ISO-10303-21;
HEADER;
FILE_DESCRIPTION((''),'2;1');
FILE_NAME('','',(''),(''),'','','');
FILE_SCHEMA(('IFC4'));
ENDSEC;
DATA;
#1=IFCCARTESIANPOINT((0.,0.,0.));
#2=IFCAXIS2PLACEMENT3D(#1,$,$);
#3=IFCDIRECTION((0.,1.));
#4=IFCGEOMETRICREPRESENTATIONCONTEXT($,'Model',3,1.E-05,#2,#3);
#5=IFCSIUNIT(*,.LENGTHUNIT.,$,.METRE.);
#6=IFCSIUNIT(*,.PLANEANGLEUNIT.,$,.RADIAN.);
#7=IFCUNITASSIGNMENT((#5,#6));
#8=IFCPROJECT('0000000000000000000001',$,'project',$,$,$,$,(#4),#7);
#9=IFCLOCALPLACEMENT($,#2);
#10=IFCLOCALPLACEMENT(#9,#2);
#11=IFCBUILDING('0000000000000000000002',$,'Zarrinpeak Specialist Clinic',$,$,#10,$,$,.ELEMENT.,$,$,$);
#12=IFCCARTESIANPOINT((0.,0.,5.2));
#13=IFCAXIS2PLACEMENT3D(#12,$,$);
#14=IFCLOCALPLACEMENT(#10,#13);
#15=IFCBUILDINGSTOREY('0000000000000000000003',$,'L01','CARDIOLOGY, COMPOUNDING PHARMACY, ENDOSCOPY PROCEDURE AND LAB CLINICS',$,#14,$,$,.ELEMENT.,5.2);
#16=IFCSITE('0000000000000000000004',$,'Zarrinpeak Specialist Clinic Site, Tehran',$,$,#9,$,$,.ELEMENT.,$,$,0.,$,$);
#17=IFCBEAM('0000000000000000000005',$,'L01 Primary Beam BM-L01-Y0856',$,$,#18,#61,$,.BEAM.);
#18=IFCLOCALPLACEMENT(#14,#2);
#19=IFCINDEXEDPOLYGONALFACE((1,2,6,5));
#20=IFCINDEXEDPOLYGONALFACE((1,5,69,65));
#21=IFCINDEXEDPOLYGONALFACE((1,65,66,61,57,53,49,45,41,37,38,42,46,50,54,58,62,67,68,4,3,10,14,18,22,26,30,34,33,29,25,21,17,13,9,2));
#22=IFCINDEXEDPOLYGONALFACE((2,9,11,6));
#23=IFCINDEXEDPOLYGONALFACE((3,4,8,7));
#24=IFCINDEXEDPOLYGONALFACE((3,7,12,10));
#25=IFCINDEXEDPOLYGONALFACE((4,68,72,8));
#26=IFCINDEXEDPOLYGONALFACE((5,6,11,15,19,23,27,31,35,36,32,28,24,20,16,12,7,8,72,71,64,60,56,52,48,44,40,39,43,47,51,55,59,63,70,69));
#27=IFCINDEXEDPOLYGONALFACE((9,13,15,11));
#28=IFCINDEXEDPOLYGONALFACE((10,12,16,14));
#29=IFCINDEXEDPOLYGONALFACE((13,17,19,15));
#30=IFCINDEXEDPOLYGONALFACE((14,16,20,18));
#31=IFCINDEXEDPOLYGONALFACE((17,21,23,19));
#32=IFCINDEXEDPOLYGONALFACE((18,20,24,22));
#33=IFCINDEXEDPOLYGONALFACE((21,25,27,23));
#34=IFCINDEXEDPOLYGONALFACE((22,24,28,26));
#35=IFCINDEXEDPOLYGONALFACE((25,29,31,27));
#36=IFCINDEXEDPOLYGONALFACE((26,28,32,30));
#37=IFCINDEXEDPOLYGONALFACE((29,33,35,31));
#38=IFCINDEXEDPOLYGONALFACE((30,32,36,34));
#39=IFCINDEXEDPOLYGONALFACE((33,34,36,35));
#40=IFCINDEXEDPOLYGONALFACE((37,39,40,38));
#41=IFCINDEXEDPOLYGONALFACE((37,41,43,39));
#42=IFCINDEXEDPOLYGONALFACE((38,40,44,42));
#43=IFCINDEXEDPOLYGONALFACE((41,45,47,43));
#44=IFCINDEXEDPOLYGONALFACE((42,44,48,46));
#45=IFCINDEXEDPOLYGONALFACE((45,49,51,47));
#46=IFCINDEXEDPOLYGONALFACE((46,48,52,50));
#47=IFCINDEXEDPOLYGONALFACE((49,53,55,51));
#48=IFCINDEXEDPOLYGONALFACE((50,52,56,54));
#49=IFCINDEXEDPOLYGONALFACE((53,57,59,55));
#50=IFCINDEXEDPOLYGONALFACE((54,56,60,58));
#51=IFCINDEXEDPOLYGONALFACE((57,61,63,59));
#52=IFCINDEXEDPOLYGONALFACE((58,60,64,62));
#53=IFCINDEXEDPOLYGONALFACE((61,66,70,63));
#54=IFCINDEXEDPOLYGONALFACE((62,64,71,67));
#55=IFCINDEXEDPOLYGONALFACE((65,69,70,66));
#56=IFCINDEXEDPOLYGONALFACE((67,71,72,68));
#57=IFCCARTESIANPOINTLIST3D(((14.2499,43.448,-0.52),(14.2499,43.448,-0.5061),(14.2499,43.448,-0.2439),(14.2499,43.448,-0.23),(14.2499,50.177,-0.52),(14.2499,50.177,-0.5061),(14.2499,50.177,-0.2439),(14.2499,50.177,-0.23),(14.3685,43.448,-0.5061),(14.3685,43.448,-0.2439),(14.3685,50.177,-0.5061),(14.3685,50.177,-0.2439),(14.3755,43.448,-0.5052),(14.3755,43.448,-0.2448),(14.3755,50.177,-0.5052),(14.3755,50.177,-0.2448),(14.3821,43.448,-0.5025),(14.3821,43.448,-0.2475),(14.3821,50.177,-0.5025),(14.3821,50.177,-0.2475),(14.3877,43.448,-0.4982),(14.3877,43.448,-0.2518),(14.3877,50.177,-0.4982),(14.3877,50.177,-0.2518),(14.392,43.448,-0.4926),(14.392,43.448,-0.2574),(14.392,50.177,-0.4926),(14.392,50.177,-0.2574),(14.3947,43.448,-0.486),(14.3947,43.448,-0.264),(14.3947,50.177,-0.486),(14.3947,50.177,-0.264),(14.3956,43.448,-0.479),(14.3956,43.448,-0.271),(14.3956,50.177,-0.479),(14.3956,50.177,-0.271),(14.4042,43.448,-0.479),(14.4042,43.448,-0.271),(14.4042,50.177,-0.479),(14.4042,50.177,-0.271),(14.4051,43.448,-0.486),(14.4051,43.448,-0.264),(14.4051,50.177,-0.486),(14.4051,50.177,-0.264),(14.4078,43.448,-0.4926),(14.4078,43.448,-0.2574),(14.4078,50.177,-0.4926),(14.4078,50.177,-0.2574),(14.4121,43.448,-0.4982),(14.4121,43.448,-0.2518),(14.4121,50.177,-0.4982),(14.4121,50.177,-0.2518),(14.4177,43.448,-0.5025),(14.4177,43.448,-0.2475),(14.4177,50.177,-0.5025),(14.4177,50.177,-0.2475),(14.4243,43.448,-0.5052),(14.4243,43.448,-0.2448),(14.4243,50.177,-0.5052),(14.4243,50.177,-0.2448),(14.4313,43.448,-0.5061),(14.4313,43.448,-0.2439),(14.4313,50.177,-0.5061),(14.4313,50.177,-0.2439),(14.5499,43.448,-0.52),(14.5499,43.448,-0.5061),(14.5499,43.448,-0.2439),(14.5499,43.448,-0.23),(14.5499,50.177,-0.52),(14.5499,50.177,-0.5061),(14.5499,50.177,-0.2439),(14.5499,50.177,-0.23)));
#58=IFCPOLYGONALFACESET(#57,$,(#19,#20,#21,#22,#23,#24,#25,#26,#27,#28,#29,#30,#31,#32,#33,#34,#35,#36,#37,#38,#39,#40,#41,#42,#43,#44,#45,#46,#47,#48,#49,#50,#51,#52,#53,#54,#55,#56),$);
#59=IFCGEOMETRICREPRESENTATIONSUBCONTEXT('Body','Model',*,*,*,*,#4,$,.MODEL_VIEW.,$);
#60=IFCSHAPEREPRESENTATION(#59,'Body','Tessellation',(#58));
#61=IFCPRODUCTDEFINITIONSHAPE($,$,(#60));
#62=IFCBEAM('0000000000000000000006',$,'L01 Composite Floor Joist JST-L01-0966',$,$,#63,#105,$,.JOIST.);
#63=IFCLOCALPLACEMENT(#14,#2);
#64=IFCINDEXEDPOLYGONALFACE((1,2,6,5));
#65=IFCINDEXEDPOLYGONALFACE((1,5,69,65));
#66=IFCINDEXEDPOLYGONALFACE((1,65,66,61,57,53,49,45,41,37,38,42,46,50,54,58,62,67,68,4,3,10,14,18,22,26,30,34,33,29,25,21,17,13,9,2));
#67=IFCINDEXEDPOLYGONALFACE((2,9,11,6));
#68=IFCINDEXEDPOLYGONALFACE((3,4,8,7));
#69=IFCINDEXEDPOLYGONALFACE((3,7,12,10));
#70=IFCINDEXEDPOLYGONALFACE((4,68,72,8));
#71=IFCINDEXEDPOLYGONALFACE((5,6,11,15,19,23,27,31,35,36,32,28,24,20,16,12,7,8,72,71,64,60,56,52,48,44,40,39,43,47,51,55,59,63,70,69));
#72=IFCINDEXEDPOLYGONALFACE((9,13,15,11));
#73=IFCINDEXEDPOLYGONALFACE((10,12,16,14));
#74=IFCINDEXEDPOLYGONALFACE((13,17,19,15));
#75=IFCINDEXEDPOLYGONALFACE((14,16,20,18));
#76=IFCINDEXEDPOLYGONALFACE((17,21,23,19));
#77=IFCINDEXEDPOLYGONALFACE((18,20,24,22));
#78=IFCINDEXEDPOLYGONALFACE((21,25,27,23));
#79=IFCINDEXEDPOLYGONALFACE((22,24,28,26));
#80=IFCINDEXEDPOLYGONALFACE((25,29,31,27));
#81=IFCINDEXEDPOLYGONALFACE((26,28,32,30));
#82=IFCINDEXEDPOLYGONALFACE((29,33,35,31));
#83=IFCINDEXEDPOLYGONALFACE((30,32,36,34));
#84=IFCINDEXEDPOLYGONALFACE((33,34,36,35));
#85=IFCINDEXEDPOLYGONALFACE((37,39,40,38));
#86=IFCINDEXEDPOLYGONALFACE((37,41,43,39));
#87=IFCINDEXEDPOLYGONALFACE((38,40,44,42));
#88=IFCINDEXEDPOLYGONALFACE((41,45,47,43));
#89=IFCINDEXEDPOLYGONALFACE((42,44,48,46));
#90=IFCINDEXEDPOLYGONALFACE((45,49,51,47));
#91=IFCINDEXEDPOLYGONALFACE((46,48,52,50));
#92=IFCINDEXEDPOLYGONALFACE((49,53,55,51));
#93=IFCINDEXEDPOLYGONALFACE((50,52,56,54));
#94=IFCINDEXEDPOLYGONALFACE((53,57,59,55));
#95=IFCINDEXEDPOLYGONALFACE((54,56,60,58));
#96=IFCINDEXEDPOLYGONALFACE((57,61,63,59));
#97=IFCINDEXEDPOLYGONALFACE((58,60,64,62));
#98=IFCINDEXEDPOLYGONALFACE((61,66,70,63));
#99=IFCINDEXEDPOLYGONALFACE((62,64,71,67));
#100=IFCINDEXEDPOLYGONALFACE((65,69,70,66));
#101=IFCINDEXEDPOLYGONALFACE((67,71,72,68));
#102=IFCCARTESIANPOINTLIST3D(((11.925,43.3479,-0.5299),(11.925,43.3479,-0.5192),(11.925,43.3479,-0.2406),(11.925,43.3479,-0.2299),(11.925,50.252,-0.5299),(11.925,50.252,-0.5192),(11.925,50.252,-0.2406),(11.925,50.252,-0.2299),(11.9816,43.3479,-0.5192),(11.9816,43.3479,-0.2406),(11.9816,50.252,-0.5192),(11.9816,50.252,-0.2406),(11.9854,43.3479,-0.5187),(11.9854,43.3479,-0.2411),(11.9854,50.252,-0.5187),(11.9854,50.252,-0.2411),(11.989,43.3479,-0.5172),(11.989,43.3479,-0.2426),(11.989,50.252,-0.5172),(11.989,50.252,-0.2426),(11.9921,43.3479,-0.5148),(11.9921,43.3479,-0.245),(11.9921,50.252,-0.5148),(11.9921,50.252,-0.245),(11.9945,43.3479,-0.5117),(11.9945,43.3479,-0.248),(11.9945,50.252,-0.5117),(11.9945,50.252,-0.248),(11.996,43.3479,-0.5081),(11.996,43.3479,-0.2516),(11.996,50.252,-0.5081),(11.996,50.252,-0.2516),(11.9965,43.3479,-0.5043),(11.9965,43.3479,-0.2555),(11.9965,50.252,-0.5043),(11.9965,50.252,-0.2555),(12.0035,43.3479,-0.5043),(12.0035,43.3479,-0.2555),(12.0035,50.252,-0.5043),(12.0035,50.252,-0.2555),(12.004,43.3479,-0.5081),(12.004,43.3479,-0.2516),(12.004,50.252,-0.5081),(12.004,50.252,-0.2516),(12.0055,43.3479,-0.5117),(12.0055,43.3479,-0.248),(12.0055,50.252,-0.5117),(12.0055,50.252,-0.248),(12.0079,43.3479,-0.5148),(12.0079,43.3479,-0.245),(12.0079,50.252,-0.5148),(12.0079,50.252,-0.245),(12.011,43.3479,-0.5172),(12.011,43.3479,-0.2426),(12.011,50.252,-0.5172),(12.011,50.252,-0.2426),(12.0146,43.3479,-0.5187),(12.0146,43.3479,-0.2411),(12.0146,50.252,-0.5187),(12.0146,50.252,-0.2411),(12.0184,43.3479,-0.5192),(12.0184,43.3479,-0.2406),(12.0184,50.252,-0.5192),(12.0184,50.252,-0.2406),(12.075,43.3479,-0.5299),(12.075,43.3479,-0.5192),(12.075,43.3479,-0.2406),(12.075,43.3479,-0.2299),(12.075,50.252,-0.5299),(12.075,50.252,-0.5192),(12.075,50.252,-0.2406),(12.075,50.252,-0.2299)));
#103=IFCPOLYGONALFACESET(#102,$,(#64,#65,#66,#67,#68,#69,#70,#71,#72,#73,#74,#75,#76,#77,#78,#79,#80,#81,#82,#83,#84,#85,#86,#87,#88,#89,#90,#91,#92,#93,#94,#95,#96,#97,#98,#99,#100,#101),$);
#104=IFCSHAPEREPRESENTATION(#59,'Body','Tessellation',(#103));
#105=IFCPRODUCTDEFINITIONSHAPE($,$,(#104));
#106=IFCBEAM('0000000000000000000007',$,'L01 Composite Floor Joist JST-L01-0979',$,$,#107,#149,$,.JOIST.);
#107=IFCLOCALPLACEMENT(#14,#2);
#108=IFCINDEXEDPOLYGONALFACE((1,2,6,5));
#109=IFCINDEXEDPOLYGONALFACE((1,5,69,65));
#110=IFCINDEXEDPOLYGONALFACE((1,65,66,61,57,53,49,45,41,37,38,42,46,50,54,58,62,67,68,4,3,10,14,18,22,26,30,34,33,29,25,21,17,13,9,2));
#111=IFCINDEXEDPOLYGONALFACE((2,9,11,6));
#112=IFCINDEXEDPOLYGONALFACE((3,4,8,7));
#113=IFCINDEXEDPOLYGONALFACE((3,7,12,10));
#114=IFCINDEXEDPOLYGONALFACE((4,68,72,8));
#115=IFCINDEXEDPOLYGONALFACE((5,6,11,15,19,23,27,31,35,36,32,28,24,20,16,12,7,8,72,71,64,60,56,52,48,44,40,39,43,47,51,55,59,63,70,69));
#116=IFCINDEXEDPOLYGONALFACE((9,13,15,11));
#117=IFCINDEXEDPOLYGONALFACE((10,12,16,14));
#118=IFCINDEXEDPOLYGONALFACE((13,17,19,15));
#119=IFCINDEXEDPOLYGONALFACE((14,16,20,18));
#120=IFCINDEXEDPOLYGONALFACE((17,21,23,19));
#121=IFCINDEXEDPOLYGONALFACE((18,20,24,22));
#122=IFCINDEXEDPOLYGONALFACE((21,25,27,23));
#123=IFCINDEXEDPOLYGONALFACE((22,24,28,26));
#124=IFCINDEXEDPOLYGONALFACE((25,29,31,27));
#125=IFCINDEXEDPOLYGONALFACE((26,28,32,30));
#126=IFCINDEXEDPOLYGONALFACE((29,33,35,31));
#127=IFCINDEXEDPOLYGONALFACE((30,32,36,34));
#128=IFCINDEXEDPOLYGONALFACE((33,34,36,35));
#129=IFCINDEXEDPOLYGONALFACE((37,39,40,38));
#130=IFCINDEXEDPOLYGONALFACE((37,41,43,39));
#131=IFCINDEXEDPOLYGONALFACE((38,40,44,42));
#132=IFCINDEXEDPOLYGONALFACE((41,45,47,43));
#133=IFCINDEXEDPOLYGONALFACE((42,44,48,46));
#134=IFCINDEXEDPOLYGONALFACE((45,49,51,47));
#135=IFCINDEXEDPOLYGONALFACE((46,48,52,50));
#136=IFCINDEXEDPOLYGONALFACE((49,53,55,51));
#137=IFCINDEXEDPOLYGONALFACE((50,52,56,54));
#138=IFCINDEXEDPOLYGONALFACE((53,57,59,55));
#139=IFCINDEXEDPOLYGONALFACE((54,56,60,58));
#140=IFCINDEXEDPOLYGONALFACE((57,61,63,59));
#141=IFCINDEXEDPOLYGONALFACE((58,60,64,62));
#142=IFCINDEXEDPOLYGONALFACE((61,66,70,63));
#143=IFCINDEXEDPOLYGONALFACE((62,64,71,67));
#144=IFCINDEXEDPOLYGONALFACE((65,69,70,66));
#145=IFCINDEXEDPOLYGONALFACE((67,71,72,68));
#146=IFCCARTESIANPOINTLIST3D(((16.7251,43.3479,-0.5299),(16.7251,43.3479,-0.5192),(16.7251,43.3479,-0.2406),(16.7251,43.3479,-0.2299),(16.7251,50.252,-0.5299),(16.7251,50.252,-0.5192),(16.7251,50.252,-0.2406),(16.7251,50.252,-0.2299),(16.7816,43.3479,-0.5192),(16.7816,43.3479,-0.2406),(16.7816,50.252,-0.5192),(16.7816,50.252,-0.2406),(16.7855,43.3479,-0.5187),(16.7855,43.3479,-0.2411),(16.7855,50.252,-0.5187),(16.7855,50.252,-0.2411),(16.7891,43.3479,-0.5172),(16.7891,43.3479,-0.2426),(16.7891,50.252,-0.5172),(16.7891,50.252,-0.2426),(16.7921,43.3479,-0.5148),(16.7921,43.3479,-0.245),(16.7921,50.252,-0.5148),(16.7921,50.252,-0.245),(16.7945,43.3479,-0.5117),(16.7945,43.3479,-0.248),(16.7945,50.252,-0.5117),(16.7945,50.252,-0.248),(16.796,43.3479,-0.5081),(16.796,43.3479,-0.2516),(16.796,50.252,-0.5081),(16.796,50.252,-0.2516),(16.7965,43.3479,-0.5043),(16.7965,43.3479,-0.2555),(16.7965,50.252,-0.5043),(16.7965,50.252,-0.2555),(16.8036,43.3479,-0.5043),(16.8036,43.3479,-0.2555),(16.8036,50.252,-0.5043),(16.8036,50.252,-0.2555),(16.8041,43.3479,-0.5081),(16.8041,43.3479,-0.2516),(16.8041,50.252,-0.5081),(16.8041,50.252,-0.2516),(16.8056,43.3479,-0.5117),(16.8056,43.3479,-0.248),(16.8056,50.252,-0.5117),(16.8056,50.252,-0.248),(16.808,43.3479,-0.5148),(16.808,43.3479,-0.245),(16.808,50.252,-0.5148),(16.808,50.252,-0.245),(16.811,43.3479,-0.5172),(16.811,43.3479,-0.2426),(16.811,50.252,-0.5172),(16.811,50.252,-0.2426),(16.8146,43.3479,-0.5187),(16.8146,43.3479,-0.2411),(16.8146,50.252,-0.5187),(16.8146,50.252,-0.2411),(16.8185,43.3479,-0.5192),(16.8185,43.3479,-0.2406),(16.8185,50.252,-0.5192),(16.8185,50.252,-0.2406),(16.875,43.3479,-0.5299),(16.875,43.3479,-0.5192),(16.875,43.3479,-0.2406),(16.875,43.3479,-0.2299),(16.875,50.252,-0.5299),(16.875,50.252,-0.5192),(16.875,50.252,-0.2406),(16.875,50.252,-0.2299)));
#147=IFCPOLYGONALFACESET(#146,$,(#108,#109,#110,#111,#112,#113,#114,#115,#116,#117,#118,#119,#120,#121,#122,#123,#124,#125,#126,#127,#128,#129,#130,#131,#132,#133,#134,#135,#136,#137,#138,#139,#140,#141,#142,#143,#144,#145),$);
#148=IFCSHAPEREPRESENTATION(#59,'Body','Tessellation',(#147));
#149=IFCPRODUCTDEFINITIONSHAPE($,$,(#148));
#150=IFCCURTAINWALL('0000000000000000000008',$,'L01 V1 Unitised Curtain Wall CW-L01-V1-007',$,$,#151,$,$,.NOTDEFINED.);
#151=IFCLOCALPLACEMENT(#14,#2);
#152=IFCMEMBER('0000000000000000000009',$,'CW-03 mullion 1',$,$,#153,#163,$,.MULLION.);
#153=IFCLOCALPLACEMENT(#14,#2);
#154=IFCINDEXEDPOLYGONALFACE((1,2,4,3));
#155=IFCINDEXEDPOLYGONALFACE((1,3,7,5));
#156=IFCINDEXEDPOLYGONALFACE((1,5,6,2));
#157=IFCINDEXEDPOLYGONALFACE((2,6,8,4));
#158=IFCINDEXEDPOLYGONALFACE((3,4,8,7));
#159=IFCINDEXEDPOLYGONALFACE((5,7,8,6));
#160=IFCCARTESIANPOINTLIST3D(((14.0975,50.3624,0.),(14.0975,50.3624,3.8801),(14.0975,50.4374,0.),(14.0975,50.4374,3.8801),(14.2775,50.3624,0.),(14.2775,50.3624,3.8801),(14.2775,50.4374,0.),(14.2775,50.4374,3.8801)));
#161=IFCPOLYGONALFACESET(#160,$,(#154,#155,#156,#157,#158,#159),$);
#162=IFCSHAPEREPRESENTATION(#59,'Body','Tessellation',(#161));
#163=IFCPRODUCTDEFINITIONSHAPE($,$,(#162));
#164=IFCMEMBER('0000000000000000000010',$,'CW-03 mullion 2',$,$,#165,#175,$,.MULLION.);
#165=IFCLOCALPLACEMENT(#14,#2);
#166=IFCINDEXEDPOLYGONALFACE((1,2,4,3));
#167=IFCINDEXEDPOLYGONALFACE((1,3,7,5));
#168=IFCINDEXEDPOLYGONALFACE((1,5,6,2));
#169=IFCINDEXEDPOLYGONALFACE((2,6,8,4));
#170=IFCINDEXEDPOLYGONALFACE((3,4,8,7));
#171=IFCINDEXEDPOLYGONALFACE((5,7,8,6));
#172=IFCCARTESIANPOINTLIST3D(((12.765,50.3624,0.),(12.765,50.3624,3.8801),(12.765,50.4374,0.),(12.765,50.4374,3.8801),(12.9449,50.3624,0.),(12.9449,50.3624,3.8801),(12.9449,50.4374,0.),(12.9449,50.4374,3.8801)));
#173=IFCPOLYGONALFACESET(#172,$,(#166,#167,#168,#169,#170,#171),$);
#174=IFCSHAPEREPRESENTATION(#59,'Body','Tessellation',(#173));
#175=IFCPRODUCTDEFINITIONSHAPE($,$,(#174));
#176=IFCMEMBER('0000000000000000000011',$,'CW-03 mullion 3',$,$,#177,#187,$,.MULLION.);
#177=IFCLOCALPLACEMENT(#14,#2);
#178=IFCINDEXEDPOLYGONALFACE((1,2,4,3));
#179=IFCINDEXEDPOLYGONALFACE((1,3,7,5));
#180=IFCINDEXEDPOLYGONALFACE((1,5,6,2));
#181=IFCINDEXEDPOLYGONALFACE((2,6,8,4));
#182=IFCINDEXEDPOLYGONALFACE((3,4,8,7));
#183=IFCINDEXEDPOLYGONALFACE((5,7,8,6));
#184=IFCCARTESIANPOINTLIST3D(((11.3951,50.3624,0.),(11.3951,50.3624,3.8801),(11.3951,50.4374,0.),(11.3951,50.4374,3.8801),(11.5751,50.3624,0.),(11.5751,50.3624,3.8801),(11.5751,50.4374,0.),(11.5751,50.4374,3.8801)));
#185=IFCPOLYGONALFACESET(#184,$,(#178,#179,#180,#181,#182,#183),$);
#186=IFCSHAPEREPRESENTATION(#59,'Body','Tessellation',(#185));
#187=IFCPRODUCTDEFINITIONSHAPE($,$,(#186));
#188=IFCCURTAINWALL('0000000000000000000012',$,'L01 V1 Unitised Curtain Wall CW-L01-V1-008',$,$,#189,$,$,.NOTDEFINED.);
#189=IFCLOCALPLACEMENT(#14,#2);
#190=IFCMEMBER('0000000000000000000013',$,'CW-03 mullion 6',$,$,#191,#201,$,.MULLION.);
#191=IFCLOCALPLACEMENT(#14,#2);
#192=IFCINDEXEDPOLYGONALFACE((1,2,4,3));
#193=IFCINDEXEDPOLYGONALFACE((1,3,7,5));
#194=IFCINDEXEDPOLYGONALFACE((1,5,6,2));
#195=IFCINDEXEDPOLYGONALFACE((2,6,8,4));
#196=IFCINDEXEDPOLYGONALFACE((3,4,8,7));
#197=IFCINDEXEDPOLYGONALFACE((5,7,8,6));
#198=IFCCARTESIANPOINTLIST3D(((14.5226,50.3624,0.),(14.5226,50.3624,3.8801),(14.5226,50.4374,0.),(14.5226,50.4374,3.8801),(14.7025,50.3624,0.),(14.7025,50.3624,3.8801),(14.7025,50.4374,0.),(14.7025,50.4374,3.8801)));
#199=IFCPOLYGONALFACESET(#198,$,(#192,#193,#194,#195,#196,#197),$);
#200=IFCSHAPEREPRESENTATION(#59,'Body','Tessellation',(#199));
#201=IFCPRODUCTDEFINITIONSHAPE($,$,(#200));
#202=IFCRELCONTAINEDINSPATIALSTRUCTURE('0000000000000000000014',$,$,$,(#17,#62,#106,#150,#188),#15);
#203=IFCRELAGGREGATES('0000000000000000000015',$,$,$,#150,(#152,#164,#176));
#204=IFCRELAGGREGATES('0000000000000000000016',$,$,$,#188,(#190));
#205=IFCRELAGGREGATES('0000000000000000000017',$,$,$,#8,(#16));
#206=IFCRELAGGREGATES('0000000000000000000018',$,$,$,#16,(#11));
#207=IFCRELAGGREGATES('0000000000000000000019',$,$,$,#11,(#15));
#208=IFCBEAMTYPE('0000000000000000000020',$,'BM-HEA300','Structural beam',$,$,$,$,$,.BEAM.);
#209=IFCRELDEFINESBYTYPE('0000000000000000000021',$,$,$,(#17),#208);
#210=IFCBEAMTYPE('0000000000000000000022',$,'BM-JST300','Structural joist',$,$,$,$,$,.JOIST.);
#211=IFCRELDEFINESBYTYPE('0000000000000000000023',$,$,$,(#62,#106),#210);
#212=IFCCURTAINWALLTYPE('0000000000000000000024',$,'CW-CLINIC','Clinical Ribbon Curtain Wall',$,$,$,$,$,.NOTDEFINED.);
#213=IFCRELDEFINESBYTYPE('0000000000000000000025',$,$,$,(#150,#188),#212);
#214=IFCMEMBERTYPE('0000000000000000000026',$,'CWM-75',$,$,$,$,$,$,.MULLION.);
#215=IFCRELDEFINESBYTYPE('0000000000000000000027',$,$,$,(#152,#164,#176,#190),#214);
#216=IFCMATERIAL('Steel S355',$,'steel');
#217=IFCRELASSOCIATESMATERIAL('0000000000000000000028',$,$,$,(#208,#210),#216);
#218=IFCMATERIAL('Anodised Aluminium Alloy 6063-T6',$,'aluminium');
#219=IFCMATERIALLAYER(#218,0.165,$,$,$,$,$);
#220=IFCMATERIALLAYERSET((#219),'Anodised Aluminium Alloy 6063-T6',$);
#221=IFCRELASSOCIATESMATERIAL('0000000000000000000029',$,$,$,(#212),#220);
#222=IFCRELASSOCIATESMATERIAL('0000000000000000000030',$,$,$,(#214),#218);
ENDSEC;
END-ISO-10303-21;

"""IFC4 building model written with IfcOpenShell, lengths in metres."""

from ifc_helpers import new_model, si_unit, direction, frame, origin, origin_2d, place, context, subcontext, project, spatial, rectangle, i_section, extrude, material, layer, layer_set, material_profile, profile_set, type_object, element, aggregate, save


model = new_model("IFC4")

# Units and contexts
model_context = context("Model", 3, precision=1e-05, world=origin(), true_north=direction((0.0, 1.0)))
body_context = subcontext(model_context, "Body", "Model", "MODEL_VIEW")
ifc_project = project(units=[si_unit("LENGTHUNIT", "METRE"), si_unit("PLANEANGLEUNIT", "RADIAN")], contexts=[model_context])

# Site, building, storey
site_placement = place(None, origin())
site = spatial("IfcSite", under=ifc_project, at=site_placement, Name="Zarrinpeak Specialist Clinic Site, Tehran", CompositionType="ELEMENT", RefElevation=0.0)
building_placement = place(site_placement, origin())
building = spatial("IfcBuilding", under=site, at=building_placement, Name="Zarrinpeak Specialist Clinic", CompositionType="ELEMENT")
storey_placement = place(building_placement, frame((0.0, 0.0, 5.2)))
storey = spatial("IfcBuildingStorey", under=building, at=storey_placement, Name="L01", Description="CARDIOLOGY, COMPOUNDING PHARMACY, ENDOSCOPY PROCEDURE AND LAB CLINICS", CompositionType="ELEMENT", Elevation=5.2)

# Shared definitions
ifc_material_1 = material(Name="Steel S355", Category="steel")

# Beams
ifc_material_profile_1 = material_profile(ifc_material_1, i_section(OverallWidth=0.3, OverallDepth=0.29, WebThickness=0.0085, FlangeThickness=0.0139, FilletRadius=0.0271, at=origin_2d()), Name="HEA 300")
ifc_profile_set_1 = profile_set([ifc_material_profile_1], Name="Steel S355")
beam_type_1 = type_object("IfcBeamType", Name="BM-HEA300", Description="Structural beam", PredefinedType="BEAM", material=ifc_profile_set_1)
beam_placement = place(storey_placement, frame((14.3999, 43.448, -0.375), z_axis=(0.0, 1.0, 0.0), x_axis=(-1.0, 0.0, 0.0)))
element("IfcBeam", 1, at=beam_placement, inside=storey, type_object=beam_type_1, Name="L01 Primary Beam BM-L01-Y0856", PredefinedType="BEAM", context=body_context, shape_type="SweptSolid", body=[
    extrude(i_section(OverallWidth=0.3, OverallDepth=0.29, WebThickness=0.0085, FlangeThickness=0.0139, FilletRadius=0.0271, at=origin_2d()), origin(), (0.0, 0.0, 1.0), 6.729),
])
ifc_material_profile_2 = material_profile(ifc_material_1, i_section(OverallWidth=0.1499, OverallDepth=0.3, WebThickness=0.0071, FlangeThickness=0.0107, FilletRadius=0.0149, at=origin_2d()), Name="IPE 300")
ifc_profile_set_2 = profile_set([ifc_material_profile_2], Name="Steel S355")
beam_type_2 = type_object("IfcBeamType", Name="BM-JST300", Description="Structural joist", PredefinedType="JOIST", material=ifc_profile_set_2)
for number, where, z_axis, x_axis, name in (
    (2, (12.0, 43.3479, -0.3799), (0.0, 1.0, 0.0), (-1.0, 0.0, 0.0), "L01 Composite Floor Joist JST-L01-0966"),
    (3, (16.8, 43.3479, -0.3799), (0.0, 1.0, 0.0), (-1.0, 0.0, 0.0), "L01 Composite Floor Joist JST-L01-0979"),
):
    element("IfcBeam", number, at=place(storey_placement, frame(where, z_axis=z_axis, x_axis=x_axis)), inside=storey, type_object=beam_type_2, Name=name, PredefinedType="JOIST", context=body_context, shape_type="SweptSolid", body=[
        extrude(i_section(OverallWidth=0.1499, OverallDepth=0.3, WebThickness=0.0071, FlangeThickness=0.0107, FilletRadius=0.0149, at=origin_2d()), origin(), (0.0, 0.0, 1.0), 6.9041),
    ])

# Curtain wall, members
ifc_material_2 = material(Name="Anodised Aluminium Alloy 6063-T6", Category="aluminium")
ifc_layer_1 = layer(ifc_material_2, 0.165)
ifc_layer_set_1 = layer_set([ifc_layer_1], Name="Anodised Aluminium Alloy 6063-T6")
curtain_wall_type = type_object("IfcCurtainWallType", Name="CW-CLINIC", Description="Clinical Ribbon Curtain Wall", PredefinedType="NOTDEFINED", material=ifc_layer_set_1)
curtain_wall_1_placement = place(storey_placement, origin())
curtain_wall_1 = element("IfcCurtainWall", 4, at=curtain_wall_1_placement, inside=storey, type_object=curtain_wall_type, Name="L01 V1 Unitised Curtain Wall CW-L01-V1-007", PredefinedType="NOTDEFINED")
ifc_material_profile_3 = material_profile(ifc_material_2, rectangle(XDim=0.075, YDim=0.1799, at=origin_2d()), Name="ALU 75x180")
ifc_profile_set_3 = profile_set([ifc_material_profile_3], Name="Anodised Aluminium Alloy 6063-T6")
member_type_1 = type_object("IfcMemberType", Name="CWM-75", PredefinedType="MULLION", material=ifc_profile_set_3)
member_1_placement = place(storey_placement, frame((14.1875, 50.3999, 0.0), z_axis=(0.0, 0.0, 1.0), x_axis=(0.0, -1.0, 0.0)))
member_1 = element("IfcMember", 5, at=member_1_placement, type_object=member_type_1, Name="CW-03 mullion 1", PredefinedType="MULLION", context=body_context, shape_type="SweptSolid", body=[
    extrude(rectangle(XDim=0.075, YDim=0.1799, at=origin_2d()), origin(), (0.0, 0.0, 1.0), 3.8801),
])
member_2_placement = place(storey_placement, frame((12.855, 50.3999, 0.0), z_axis=(0.0, 0.0, 1.0), x_axis=(0.0, -1.0, 0.0)))
member_2 = element("IfcMember", 6, at=member_2_placement, type_object=member_type_1, Name="CW-03 mullion 2", PredefinedType="MULLION", context=body_context, shape_type="SweptSolid", body=[
    extrude(rectangle(XDim=0.075, YDim=0.1799, at=origin_2d()), origin(), (0.0, 0.0, 1.0), 3.8801),
])
member_3_placement = place(storey_placement, frame((11.4851, 50.3999, 0.0), z_axis=(0.0, 0.0, 1.0), x_axis=(0.0, -1.0, 0.0)))
member_3 = element("IfcMember", 7, at=member_3_placement, type_object=member_type_1, Name="CW-03 mullion 3", PredefinedType="MULLION", context=body_context, shape_type="SweptSolid", body=[
    extrude(rectangle(XDim=0.075, YDim=0.1799, at=origin_2d()), origin(), (0.0, 0.0, 1.0), 3.8801),
])

# Curtain wall, member
curtain_wall_2_placement = place(storey_placement, origin())
curtain_wall_2 = element("IfcCurtainWall", 8, at=curtain_wall_2_placement, inside=storey, type_object=curtain_wall_type, Name="L01 V1 Unitised Curtain Wall CW-L01-V1-008", PredefinedType="NOTDEFINED")
member_4_placement = place(storey_placement, frame((14.6125, 50.3999, 0.0), z_axis=(0.0, 0.0, 1.0), x_axis=(0.0, -1.0, 0.0)))
member_4 = element("IfcMember", 9, at=member_4_placement, type_object=member_type_1, Name="CW-03 mullion 6", PredefinedType="MULLION", context=body_context, shape_type="SweptSolid", body=[
    extrude(rectangle(XDim=0.075, YDim=0.1799, at=origin_2d()), origin(), (0.0, 0.0, 1.0), 3.8801),
])

aggregate(curtain_wall_1, [member_1, member_2, member_3])
aggregate(curtain_wall_2, [member_4])

save(model, "model.ifc")
